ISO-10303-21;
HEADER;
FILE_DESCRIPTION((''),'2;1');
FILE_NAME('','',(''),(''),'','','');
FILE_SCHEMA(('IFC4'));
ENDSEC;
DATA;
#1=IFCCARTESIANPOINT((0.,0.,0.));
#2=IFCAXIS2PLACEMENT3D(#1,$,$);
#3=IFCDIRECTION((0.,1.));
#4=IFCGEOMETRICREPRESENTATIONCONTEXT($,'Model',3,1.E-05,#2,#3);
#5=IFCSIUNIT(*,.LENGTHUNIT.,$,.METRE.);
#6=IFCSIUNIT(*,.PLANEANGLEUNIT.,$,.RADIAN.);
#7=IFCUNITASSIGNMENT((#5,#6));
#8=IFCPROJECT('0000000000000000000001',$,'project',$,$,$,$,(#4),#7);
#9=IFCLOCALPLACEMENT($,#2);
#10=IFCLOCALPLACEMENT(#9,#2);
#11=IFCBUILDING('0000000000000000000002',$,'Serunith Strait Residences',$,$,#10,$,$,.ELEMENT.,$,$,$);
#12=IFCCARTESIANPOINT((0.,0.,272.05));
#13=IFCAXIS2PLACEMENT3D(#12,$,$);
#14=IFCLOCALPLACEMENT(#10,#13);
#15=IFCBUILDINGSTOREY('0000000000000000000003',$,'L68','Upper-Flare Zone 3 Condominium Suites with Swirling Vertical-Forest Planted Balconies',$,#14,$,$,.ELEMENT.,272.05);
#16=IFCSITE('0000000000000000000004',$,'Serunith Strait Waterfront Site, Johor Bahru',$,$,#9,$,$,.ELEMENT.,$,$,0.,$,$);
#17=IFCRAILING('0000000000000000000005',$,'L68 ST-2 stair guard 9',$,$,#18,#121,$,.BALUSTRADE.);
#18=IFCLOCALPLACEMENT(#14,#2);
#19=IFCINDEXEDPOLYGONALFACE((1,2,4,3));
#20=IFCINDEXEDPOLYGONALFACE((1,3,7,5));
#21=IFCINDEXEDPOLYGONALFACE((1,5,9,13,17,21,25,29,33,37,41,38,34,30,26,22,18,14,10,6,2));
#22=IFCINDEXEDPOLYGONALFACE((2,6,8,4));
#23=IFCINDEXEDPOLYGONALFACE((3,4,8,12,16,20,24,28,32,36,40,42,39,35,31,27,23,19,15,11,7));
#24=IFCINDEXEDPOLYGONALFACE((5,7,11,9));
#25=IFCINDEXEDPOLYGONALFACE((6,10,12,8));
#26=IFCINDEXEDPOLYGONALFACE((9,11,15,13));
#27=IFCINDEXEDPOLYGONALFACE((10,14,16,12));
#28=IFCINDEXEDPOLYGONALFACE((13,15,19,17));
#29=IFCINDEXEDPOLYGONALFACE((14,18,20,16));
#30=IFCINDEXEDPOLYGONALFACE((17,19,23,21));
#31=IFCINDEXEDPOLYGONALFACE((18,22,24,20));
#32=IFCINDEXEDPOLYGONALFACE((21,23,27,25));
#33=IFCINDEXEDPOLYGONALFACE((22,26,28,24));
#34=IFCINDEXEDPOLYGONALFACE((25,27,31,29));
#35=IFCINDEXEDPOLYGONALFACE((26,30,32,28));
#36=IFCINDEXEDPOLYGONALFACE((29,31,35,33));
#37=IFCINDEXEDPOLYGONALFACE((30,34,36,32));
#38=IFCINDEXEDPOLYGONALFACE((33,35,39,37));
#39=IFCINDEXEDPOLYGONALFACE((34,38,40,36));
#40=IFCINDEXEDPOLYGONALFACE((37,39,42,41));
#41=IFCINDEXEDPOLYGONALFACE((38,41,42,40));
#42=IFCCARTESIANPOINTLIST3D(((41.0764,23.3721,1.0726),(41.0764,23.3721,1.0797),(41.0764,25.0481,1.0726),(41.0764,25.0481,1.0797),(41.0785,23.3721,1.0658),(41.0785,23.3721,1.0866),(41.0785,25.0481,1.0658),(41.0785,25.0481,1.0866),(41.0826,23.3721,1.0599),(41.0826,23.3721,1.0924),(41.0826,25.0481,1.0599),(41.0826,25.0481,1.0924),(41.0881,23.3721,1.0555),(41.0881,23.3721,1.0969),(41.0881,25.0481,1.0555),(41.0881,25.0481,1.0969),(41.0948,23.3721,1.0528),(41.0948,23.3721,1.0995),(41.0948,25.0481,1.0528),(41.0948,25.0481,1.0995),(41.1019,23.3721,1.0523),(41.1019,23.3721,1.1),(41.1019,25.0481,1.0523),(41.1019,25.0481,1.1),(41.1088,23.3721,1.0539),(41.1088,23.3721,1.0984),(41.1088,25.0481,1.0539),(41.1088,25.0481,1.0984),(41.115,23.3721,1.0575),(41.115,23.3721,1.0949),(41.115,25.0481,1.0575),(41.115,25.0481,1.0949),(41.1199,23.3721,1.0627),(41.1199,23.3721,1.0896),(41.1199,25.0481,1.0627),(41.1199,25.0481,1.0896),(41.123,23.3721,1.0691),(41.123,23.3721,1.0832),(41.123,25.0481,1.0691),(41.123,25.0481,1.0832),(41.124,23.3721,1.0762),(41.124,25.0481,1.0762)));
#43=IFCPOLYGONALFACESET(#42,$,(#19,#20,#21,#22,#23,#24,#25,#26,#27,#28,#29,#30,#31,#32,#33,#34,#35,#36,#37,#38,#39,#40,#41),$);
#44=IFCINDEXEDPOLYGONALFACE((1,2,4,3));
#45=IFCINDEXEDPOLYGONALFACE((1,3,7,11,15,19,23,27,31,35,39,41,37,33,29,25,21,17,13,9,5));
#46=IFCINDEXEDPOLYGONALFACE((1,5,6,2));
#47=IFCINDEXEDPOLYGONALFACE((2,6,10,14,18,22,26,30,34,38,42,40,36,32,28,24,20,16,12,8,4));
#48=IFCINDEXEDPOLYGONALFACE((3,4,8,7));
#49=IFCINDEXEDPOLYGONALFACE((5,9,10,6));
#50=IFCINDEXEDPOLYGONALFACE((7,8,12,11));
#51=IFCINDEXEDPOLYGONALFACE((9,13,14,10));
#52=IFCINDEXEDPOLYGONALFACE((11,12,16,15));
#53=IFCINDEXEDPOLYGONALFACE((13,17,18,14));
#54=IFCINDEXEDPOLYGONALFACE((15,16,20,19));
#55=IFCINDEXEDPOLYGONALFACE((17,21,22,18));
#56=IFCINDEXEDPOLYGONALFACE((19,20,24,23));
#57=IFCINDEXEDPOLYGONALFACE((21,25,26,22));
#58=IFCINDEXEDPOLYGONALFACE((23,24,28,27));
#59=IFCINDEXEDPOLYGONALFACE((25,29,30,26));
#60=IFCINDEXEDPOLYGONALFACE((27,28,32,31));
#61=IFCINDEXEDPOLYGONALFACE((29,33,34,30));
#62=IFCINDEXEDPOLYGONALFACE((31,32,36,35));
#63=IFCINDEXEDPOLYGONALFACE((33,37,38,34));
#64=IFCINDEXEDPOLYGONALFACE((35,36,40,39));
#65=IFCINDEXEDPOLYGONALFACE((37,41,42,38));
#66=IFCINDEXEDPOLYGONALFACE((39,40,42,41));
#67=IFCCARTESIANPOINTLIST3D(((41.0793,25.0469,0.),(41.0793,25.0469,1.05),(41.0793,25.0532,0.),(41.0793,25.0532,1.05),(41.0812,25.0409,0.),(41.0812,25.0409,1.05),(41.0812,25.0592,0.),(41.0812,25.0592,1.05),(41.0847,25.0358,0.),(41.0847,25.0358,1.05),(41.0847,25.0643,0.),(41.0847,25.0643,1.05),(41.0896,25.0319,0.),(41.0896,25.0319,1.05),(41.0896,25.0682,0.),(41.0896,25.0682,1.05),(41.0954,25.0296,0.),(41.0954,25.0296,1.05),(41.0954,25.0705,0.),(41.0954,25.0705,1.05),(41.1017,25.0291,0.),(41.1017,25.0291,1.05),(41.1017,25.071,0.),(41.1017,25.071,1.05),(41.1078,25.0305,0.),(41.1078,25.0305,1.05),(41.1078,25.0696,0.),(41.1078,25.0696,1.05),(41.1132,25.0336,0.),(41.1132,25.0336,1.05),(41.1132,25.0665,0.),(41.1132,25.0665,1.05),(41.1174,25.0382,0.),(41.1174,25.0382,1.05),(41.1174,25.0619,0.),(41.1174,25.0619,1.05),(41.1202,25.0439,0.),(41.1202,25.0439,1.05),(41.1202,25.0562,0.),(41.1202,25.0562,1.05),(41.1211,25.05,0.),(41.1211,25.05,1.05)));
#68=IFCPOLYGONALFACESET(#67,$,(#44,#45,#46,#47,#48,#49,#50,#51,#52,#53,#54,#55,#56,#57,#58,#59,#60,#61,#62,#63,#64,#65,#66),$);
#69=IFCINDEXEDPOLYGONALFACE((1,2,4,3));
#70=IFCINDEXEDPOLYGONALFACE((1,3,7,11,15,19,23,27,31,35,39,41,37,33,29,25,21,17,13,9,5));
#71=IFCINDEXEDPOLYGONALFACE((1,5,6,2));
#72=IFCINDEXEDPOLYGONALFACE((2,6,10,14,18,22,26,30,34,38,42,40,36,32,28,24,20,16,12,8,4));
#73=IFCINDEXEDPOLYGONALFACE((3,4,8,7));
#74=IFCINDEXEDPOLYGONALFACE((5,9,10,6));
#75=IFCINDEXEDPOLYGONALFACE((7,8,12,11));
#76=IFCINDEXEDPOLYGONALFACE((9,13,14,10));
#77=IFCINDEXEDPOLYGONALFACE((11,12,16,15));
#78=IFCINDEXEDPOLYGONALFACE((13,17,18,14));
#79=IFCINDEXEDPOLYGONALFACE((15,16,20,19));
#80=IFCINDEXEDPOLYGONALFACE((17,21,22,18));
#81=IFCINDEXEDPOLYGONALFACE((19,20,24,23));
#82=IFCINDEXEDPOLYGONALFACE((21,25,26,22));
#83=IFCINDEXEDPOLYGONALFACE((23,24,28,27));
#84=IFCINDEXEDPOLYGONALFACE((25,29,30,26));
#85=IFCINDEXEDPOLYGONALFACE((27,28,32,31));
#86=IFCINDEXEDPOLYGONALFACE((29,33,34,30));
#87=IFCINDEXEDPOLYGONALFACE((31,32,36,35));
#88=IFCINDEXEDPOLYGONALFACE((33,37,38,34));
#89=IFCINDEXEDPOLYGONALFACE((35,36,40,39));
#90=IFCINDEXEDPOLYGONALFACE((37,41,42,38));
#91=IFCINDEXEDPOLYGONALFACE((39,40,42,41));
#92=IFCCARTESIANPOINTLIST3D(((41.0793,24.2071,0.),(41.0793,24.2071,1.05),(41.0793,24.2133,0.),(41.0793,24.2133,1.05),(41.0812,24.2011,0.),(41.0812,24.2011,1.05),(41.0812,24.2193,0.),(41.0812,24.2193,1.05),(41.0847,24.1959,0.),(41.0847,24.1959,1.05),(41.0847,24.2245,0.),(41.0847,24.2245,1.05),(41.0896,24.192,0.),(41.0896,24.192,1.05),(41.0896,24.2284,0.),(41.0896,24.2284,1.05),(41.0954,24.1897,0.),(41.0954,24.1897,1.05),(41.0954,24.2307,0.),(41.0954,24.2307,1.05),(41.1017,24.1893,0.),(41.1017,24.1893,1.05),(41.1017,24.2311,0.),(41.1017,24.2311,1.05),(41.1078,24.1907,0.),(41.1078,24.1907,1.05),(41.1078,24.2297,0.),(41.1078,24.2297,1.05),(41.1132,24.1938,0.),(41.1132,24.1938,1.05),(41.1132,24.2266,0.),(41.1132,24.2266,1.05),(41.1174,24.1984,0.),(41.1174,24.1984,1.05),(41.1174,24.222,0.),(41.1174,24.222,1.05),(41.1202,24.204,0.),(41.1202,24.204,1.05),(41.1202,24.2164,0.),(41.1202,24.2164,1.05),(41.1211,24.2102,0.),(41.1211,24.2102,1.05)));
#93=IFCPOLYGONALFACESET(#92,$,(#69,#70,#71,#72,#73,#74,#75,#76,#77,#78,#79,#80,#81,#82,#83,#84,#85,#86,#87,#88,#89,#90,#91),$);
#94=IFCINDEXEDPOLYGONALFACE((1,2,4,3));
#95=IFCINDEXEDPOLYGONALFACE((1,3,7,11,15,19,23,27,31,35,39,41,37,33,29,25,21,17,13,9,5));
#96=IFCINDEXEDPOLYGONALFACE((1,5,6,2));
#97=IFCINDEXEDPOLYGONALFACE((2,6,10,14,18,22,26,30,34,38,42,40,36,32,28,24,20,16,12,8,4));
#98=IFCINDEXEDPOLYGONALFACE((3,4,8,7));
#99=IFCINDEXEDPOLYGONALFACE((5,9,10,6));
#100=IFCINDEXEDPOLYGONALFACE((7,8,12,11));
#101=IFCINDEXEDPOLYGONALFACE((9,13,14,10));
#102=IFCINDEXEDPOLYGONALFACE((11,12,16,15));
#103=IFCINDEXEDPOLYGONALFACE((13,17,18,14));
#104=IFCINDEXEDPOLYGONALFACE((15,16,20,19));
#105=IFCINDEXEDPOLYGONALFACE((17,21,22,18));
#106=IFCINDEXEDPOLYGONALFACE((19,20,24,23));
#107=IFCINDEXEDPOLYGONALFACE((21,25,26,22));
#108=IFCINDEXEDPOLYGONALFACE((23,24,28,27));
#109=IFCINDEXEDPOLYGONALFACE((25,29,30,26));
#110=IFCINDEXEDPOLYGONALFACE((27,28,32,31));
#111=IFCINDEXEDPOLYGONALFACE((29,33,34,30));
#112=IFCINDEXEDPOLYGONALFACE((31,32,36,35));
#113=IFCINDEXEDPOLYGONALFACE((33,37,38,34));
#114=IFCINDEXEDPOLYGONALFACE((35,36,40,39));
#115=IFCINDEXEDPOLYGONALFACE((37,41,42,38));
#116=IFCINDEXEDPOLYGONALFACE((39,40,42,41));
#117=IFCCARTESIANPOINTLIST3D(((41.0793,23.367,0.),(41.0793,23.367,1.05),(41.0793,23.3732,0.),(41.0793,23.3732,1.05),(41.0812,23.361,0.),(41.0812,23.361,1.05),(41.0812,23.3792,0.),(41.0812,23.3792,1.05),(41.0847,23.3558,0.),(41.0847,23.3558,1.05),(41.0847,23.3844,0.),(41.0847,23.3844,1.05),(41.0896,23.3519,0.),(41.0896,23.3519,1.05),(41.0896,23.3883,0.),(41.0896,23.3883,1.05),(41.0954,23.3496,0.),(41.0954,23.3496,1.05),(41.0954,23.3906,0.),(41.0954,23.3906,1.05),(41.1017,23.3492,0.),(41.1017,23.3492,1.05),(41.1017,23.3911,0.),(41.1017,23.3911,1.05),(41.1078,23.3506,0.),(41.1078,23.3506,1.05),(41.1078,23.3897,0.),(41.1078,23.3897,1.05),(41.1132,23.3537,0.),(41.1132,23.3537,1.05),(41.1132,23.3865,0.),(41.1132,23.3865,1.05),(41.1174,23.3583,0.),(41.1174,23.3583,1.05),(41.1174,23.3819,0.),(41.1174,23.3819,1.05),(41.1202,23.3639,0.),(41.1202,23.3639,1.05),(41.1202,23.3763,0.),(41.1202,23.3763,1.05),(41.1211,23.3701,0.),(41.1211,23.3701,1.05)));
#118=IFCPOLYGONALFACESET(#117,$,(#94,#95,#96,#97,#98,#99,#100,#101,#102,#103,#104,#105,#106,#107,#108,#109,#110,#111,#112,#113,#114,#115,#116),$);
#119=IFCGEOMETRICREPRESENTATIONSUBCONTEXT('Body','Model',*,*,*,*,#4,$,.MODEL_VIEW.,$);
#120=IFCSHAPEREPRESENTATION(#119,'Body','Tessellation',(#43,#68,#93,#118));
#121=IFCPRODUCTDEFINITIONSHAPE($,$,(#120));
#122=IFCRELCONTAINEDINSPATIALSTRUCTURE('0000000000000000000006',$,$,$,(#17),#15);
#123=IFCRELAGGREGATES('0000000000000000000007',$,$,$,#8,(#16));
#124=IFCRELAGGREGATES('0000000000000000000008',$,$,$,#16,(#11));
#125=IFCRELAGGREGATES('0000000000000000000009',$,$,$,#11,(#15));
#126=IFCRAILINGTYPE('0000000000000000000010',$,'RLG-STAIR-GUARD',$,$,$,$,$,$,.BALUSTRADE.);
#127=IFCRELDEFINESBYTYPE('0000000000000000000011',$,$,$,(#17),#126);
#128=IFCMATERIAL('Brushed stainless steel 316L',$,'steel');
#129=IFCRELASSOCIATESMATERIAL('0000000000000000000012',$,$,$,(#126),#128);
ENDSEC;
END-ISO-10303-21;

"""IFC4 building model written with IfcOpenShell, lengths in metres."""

from ifc_helpers import new_model, si_unit, direction, frame, origin, origin_2d, place, context, subcontext, project, spatial, circle, extrude, material, type_object, element, save


model = new_model("IFC4")

# Units and contexts
model_context = context("Model", 3, precision=1e-05, world=origin(), true_north=direction((0.0, 1.0)))
body_context = subcontext(model_context, "Body", "Model", "MODEL_VIEW")
ifc_project = project(units=[si_unit("LENGTHUNIT", "METRE"), si_unit("PLANEANGLEUNIT", "RADIAN")], contexts=[model_context])

# Site, building, storey
site_placement = place(None, origin())
site = spatial("IfcSite", under=ifc_project, at=site_placement, Name="Serunith Strait Waterfront Site, Johor Bahru", CompositionType="ELEMENT", RefElevation=0.0)
building_placement = place(site_placement, origin())
building = spatial("IfcBuilding", under=site, at=building_placement, Name="Serunith Strait Residences", CompositionType="ELEMENT")
storey_placement = place(building_placement, frame((0.0, 0.0, 272.05)))
storey = spatial("IfcBuildingStorey", under=building, at=storey_placement, Name="L68", Description="Upper-Flare Zone 3 Condominium Suites with Swirling Vertical-Forest Planted Balconies", CompositionType="ELEMENT", Elevation=272.05)

# Railing
ifc_material_1 = material(Name="Brushed stainless steel 316L", Category="steel")
railing_type = type_object("IfcRailingType", Name="RLG-STAIR-GUARD", PredefinedType="BALUSTRADE", material=ifc_material_1)
for number, where, name in (
    (1, (41.1001, 25.05, 0.0), "L68 ST-2 stair guard 9"),
):
    element("IfcRailing", number, at=place(storey_placement, frame(where)), inside=storey, type_object=railing_type, Name=name, PredefinedType="BALUSTRADE", context=body_context, shape_type="SweptSolid", body=[
        extrude(circle(Radius=0.0239, at=origin_2d()), frame((0.0, -0.002, 1.0762), z_axis=(0.0, -1.0, 0.0), x_axis=(1.0, 0.0, 0.0)), (0.0, 0.0, 1.0), 1.676),
        extrude(circle(Radius=0.021, at=origin_2d()), origin(), (0.0, 0.0, 1.0), 1.05),
        extrude(circle(Radius=0.021, at=origin_2d()), frame((0.0, -0.8398, 0.0)), (0.0, 0.0, 1.0), 1.05),
        extrude(circle(Radius=0.021, at=origin_2d()), frame((0.0, -1.6799, 0.0)), (0.0, 0.0, 1.0), 1.05),
    ])

save(model, "model.ifc")
